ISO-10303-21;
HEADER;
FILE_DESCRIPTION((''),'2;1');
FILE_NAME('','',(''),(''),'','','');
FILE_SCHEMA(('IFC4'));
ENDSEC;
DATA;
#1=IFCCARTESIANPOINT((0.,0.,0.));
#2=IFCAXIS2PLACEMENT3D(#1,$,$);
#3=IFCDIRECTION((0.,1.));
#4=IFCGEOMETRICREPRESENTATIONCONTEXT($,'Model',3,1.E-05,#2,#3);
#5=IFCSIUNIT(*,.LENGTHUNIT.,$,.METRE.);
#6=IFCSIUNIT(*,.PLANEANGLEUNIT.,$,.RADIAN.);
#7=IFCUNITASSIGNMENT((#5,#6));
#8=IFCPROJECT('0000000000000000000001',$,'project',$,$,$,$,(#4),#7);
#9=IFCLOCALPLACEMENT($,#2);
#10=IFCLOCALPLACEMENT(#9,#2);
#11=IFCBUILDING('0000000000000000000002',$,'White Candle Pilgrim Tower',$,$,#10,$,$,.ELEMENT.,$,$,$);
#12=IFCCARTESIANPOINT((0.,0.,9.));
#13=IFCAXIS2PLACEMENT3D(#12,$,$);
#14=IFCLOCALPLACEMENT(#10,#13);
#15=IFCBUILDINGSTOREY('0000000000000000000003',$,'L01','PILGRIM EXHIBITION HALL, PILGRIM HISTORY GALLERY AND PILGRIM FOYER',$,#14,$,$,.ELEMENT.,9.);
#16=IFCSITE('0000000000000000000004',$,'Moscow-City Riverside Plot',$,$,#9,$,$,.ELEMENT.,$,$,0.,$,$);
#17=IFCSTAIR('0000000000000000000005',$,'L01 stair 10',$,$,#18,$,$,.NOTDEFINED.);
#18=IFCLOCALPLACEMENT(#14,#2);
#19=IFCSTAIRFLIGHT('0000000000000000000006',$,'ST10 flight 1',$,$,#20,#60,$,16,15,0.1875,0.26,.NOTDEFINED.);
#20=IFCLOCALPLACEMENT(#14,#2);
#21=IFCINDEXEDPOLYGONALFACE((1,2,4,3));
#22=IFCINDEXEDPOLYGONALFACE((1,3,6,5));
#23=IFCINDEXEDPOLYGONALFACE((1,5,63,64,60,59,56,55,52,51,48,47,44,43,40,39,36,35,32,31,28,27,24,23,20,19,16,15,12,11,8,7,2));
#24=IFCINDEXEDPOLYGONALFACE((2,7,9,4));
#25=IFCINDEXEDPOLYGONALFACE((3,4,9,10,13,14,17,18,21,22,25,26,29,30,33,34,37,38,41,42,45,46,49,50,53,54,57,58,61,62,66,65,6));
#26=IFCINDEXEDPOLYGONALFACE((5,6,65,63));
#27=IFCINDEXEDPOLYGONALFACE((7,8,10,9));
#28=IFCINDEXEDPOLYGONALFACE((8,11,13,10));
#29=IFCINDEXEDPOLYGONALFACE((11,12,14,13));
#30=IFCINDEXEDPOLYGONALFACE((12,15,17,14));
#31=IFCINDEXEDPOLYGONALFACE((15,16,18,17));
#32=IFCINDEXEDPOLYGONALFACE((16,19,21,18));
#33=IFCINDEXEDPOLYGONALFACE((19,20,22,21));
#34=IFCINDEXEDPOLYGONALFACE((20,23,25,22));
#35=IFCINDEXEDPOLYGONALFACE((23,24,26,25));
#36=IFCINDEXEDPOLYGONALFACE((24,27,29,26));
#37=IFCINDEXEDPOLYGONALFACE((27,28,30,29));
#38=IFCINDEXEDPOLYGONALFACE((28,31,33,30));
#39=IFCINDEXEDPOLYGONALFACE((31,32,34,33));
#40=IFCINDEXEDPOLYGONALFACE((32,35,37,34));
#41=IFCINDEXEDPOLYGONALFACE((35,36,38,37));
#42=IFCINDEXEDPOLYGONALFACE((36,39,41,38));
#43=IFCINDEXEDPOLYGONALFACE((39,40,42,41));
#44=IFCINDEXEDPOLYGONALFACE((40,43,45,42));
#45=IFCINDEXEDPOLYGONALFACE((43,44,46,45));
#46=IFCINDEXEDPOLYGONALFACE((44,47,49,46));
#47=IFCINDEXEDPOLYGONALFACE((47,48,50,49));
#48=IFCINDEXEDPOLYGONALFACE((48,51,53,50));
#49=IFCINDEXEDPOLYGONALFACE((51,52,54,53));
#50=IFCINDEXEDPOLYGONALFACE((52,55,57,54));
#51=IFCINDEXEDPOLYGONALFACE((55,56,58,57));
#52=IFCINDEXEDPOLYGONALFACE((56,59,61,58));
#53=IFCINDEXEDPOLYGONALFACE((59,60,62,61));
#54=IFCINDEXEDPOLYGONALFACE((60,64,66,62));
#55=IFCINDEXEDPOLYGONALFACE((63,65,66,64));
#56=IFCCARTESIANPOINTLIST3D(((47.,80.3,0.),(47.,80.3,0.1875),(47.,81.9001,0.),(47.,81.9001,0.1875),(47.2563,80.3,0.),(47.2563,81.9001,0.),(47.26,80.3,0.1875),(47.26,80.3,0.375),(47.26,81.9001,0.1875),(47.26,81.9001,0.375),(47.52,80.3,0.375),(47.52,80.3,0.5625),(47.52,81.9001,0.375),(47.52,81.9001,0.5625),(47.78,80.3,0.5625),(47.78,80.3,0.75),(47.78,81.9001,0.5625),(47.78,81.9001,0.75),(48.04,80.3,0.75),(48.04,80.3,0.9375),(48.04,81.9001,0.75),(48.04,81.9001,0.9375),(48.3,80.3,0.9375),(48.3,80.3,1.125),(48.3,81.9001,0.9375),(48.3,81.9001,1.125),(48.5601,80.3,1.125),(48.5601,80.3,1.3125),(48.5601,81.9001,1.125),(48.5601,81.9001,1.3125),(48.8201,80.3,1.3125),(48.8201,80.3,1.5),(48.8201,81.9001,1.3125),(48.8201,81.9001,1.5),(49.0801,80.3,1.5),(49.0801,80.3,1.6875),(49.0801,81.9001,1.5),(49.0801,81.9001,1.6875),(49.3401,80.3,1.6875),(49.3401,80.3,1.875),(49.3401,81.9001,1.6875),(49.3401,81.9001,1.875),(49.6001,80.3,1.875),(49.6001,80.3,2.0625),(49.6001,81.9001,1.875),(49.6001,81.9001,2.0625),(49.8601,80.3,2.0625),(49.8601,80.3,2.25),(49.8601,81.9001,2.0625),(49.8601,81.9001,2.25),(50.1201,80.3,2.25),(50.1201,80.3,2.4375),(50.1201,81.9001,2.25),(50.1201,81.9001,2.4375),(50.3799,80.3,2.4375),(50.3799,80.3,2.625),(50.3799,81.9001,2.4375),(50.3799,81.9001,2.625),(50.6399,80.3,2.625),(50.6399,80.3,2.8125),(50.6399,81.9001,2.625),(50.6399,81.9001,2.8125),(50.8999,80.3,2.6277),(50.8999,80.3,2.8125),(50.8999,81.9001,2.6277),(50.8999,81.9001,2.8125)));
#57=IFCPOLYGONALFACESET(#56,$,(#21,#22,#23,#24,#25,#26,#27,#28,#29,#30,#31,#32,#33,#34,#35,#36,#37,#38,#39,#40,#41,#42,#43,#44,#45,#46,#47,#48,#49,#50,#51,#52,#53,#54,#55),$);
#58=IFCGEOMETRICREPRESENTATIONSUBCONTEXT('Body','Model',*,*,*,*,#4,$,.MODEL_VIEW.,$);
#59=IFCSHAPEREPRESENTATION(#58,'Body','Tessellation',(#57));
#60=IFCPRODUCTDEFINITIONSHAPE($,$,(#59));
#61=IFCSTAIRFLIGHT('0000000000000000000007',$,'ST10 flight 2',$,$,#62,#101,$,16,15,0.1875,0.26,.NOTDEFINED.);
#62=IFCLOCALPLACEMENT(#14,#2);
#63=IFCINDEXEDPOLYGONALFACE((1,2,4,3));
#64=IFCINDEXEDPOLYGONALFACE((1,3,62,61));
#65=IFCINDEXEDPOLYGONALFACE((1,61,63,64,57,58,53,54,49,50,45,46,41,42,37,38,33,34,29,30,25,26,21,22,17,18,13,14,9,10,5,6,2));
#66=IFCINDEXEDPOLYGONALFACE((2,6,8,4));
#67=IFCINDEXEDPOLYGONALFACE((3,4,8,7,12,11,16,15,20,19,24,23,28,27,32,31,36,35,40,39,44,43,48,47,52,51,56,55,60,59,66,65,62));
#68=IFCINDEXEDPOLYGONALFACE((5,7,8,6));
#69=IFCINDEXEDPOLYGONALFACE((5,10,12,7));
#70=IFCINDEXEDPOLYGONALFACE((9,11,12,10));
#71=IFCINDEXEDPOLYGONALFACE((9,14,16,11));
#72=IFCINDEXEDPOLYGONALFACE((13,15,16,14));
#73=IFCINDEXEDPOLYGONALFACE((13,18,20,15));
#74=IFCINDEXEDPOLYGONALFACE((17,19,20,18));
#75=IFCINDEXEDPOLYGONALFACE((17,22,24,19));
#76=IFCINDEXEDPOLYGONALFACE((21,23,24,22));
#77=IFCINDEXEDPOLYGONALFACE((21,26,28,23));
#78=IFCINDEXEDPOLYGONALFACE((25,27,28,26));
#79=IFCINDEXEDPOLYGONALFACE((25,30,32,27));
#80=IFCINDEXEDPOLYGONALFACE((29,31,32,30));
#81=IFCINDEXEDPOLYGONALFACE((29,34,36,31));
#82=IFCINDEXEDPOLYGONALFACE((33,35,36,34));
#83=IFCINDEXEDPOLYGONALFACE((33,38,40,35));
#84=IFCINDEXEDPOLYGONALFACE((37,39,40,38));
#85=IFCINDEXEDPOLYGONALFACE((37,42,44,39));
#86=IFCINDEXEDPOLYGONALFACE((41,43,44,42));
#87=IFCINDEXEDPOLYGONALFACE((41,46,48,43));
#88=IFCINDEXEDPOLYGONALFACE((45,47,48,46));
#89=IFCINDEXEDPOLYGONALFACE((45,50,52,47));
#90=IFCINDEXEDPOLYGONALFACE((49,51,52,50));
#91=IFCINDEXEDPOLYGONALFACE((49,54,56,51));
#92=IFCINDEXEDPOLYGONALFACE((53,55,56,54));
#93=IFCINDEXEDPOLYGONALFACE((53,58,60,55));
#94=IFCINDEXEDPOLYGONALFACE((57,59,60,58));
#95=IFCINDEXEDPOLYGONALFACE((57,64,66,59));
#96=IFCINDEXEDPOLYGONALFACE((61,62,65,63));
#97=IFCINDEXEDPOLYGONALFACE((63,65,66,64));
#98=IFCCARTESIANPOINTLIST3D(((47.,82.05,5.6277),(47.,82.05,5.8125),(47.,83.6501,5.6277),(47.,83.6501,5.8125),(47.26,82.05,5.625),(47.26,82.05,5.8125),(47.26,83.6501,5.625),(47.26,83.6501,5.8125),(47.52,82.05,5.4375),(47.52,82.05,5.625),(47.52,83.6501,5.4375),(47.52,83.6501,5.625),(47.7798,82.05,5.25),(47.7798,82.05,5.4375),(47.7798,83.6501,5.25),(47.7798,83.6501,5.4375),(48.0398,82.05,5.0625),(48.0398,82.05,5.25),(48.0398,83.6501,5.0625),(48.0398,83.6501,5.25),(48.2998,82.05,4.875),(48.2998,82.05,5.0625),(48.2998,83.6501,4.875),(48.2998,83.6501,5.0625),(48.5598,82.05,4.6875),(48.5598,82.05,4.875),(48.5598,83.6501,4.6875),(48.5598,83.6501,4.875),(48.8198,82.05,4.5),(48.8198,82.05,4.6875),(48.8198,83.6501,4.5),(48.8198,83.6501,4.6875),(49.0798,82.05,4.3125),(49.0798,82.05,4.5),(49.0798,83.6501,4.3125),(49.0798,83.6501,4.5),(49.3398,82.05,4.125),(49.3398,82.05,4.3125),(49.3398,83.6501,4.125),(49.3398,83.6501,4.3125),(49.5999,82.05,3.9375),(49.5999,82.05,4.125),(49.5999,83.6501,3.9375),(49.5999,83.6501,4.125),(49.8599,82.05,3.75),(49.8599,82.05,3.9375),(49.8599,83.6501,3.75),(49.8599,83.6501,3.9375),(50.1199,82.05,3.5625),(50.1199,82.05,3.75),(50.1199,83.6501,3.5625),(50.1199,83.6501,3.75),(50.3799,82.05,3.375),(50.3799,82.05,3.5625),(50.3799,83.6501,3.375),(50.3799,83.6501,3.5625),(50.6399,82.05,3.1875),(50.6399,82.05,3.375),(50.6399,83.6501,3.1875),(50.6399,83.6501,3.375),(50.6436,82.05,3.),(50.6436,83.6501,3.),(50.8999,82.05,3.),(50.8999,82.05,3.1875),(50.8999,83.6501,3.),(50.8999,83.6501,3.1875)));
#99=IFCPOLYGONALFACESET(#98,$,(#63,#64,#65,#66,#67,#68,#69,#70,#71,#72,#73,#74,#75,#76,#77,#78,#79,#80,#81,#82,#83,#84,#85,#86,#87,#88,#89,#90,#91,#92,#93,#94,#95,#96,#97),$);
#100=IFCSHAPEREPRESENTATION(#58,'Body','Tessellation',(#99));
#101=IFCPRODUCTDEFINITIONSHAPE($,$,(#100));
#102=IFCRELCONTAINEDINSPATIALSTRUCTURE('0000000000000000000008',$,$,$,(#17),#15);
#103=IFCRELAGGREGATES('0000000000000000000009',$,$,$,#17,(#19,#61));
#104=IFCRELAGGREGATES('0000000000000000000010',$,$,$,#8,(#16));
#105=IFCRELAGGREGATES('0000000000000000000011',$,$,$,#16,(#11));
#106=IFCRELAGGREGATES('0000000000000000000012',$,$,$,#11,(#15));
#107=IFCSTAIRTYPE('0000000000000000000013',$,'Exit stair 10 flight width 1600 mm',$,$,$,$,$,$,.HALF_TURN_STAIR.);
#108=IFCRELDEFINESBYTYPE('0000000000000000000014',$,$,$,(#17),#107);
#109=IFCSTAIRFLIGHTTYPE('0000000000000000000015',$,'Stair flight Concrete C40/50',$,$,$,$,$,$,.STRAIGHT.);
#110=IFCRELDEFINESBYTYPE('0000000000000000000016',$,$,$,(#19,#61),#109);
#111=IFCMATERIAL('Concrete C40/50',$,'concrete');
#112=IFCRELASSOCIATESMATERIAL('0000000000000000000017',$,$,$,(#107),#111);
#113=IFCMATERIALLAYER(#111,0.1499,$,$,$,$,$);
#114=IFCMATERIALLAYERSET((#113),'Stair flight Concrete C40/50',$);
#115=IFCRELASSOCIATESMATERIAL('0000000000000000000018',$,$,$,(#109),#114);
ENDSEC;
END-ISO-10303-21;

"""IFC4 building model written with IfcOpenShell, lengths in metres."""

from ifc_helpers import new_model, si_unit, direction, frame, origin, place, context, subcontext, project, spatial, polyline, outline, extrude, material, layer, layer_set, type_object, element, aggregate, save


model = new_model("IFC4")

# Units and contexts
model_context = context("Model", 3, precision=1e-05, world=origin(), true_north=direction((0.0, 1.0)))
body_context = subcontext(model_context, "Body", "Model", "MODEL_VIEW")
ifc_project = project(units=[si_unit("LENGTHUNIT", "METRE"), si_unit("PLANEANGLEUNIT", "RADIAN")], contexts=[model_context])

# Site, building, storey
site_placement = place(None, origin())
site = spatial("IfcSite", under=ifc_project, at=site_placement, Name="Moscow-City Riverside Plot", CompositionType="ELEMENT", RefElevation=0.0)
building_placement = place(site_placement, origin())
building = spatial("IfcBuilding", under=site, at=building_placement, Name="White Candle Pilgrim Tower", CompositionType="ELEMENT")
storey_placement = place(building_placement, frame((0.0, 0.0, 9.0)))
storey = spatial("IfcBuildingStorey", under=building, at=storey_placement, Name="L01", Description="PILGRIM EXHIBITION HALL, PILGRIM HISTORY GALLERY AND PILGRIM FOYER", CompositionType="ELEMENT", Elevation=9.0)

# Stair, stair flights
ifc_material_1 = material(Name="Concrete C40/50", Category="concrete")
stair_type = type_object("IfcStairType", Name="Exit stair 10 flight width 1600 mm", PredefinedType="HALF_TURN_STAIR", material=ifc_material_1)
stair_placement = place(storey_placement, origin())
stair = element("IfcStair", 1, at=stair_placement, inside=storey, type_object=stair_type, Name="L01 stair 10", PredefinedType="NOTDEFINED")
ifc_layer_1 = layer(ifc_material_1, 0.1499)
ifc_layer_set_1 = layer_set([ifc_layer_1], Name="Stair flight Concrete C40/50")
stair_flight_type = type_object("IfcStairFlightType", Name="Stair flight Concrete C40/50", PredefinedType="STRAIGHT", material=ifc_layer_set_1)
stair_flight_1_placement = place(storey_placement, frame((47.0, 81.1001, 0.0), z_axis=(0.0, 0.0, 1.0), x_axis=(1.0, 0.0, 0.0)))
stair_flight_1 = element("IfcStairFlight", 2, at=stair_flight_1_placement, type_object=stair_flight_type, Name="ST10 flight 1", NumberOfRisers=16, NumberOfTreads=15, PredefinedType="NOTDEFINED", RiserHeight=0.1875, TreadLength=0.26, context=body_context, shape_type="SweptSolid", body=[
    extrude(outline(polyline([(0.0, 0.0), (0.0, 0.1875), (0.26, 0.1875), (0.26, 0.375), (0.52, 0.375), (0.52, 0.5625), (0.78, 0.5625), (0.78, 0.75), (1.04, 0.75), (1.04, 0.9375), (1.3, 0.9375), (1.3, 1.125), (1.5601, 1.125), (1.5601, 1.3125), (1.8201, 1.3125), (1.8201, 1.5), (2.0801, 1.5), (2.0801, 1.6875), (2.3401, 1.6875), (2.3401, 1.875), (2.6001, 1.875), (2.6001, 2.0625), (2.8601, 2.0625), (2.8601, 2.25), (3.1201, 2.25), (3.1201, 2.4375), (3.3799, 2.4375), (3.3799, 2.625), (3.6399, 2.625), (3.6399, 2.8125), (3.8999, 2.8125), (3.8999, 3.0), (3.8999, 2.6277), (0.2563, 0.0), (0.0, 0.0)])), frame((0.0, 0.8, 0.0), z_axis=(0.0, -1.0, 0.0), x_axis=(1.0, 0.0, 0.0)), (0.0, 0.0, 1.0), 1.6001),
])
stair_flight_2_placement = place(storey_placement, frame((50.8999, 82.8501, 3.0), z_axis=(0.0, 0.0, 1.0), x_axis=(-1.0, 0.0, 0.0)))
stair_flight_2 = element("IfcStairFlight", 3, at=stair_flight_2_placement, type_object=stair_flight_type, Name="ST10 flight 2", NumberOfRisers=16, NumberOfTreads=15, PredefinedType="NOTDEFINED", RiserHeight=0.1875, TreadLength=0.26, context=body_context, shape_type="SweptSolid", body=[
    extrude(outline(polyline([(0.0, 0.0), (0.0, 0.1875), (0.26, 0.1875), (0.26, 0.375), (0.52, 0.375), (0.52, 0.5625), (0.78, 0.5625), (0.78, 0.75), (1.04, 0.75), (1.04, 0.9375), (1.3, 0.9375), (1.3, 1.125), (1.5601, 1.125), (1.5601, 1.3125), (1.8201, 1.3125), (1.8201, 1.5), (2.0801, 1.5), (2.0801, 1.6875), (2.3401, 1.6875), (2.3401, 1.875), (2.6001, 1.875), (2.6001, 2.0625), (2.8601, 2.0625), (2.8601, 2.25), (3.1201, 2.25), (3.1201, 2.4375), (3.3799, 2.4375), (3.3799, 2.625), (3.6399, 2.625), (3.6399, 2.8125), (3.8999, 2.8125), (3.8999, 3.0), (3.8999, 2.6277), (0.2563, 0.0), (0.0, 0.0)])), frame((0.0, 0.8, 0.0), z_axis=(0.0, -1.0, 0.0), x_axis=(1.0, 0.0, 0.0)), (0.0, 0.0, 1.0), 1.6001),
])
aggregate(stair, [stair_flight_1, stair_flight_2])

save(model, "model.ifc")
